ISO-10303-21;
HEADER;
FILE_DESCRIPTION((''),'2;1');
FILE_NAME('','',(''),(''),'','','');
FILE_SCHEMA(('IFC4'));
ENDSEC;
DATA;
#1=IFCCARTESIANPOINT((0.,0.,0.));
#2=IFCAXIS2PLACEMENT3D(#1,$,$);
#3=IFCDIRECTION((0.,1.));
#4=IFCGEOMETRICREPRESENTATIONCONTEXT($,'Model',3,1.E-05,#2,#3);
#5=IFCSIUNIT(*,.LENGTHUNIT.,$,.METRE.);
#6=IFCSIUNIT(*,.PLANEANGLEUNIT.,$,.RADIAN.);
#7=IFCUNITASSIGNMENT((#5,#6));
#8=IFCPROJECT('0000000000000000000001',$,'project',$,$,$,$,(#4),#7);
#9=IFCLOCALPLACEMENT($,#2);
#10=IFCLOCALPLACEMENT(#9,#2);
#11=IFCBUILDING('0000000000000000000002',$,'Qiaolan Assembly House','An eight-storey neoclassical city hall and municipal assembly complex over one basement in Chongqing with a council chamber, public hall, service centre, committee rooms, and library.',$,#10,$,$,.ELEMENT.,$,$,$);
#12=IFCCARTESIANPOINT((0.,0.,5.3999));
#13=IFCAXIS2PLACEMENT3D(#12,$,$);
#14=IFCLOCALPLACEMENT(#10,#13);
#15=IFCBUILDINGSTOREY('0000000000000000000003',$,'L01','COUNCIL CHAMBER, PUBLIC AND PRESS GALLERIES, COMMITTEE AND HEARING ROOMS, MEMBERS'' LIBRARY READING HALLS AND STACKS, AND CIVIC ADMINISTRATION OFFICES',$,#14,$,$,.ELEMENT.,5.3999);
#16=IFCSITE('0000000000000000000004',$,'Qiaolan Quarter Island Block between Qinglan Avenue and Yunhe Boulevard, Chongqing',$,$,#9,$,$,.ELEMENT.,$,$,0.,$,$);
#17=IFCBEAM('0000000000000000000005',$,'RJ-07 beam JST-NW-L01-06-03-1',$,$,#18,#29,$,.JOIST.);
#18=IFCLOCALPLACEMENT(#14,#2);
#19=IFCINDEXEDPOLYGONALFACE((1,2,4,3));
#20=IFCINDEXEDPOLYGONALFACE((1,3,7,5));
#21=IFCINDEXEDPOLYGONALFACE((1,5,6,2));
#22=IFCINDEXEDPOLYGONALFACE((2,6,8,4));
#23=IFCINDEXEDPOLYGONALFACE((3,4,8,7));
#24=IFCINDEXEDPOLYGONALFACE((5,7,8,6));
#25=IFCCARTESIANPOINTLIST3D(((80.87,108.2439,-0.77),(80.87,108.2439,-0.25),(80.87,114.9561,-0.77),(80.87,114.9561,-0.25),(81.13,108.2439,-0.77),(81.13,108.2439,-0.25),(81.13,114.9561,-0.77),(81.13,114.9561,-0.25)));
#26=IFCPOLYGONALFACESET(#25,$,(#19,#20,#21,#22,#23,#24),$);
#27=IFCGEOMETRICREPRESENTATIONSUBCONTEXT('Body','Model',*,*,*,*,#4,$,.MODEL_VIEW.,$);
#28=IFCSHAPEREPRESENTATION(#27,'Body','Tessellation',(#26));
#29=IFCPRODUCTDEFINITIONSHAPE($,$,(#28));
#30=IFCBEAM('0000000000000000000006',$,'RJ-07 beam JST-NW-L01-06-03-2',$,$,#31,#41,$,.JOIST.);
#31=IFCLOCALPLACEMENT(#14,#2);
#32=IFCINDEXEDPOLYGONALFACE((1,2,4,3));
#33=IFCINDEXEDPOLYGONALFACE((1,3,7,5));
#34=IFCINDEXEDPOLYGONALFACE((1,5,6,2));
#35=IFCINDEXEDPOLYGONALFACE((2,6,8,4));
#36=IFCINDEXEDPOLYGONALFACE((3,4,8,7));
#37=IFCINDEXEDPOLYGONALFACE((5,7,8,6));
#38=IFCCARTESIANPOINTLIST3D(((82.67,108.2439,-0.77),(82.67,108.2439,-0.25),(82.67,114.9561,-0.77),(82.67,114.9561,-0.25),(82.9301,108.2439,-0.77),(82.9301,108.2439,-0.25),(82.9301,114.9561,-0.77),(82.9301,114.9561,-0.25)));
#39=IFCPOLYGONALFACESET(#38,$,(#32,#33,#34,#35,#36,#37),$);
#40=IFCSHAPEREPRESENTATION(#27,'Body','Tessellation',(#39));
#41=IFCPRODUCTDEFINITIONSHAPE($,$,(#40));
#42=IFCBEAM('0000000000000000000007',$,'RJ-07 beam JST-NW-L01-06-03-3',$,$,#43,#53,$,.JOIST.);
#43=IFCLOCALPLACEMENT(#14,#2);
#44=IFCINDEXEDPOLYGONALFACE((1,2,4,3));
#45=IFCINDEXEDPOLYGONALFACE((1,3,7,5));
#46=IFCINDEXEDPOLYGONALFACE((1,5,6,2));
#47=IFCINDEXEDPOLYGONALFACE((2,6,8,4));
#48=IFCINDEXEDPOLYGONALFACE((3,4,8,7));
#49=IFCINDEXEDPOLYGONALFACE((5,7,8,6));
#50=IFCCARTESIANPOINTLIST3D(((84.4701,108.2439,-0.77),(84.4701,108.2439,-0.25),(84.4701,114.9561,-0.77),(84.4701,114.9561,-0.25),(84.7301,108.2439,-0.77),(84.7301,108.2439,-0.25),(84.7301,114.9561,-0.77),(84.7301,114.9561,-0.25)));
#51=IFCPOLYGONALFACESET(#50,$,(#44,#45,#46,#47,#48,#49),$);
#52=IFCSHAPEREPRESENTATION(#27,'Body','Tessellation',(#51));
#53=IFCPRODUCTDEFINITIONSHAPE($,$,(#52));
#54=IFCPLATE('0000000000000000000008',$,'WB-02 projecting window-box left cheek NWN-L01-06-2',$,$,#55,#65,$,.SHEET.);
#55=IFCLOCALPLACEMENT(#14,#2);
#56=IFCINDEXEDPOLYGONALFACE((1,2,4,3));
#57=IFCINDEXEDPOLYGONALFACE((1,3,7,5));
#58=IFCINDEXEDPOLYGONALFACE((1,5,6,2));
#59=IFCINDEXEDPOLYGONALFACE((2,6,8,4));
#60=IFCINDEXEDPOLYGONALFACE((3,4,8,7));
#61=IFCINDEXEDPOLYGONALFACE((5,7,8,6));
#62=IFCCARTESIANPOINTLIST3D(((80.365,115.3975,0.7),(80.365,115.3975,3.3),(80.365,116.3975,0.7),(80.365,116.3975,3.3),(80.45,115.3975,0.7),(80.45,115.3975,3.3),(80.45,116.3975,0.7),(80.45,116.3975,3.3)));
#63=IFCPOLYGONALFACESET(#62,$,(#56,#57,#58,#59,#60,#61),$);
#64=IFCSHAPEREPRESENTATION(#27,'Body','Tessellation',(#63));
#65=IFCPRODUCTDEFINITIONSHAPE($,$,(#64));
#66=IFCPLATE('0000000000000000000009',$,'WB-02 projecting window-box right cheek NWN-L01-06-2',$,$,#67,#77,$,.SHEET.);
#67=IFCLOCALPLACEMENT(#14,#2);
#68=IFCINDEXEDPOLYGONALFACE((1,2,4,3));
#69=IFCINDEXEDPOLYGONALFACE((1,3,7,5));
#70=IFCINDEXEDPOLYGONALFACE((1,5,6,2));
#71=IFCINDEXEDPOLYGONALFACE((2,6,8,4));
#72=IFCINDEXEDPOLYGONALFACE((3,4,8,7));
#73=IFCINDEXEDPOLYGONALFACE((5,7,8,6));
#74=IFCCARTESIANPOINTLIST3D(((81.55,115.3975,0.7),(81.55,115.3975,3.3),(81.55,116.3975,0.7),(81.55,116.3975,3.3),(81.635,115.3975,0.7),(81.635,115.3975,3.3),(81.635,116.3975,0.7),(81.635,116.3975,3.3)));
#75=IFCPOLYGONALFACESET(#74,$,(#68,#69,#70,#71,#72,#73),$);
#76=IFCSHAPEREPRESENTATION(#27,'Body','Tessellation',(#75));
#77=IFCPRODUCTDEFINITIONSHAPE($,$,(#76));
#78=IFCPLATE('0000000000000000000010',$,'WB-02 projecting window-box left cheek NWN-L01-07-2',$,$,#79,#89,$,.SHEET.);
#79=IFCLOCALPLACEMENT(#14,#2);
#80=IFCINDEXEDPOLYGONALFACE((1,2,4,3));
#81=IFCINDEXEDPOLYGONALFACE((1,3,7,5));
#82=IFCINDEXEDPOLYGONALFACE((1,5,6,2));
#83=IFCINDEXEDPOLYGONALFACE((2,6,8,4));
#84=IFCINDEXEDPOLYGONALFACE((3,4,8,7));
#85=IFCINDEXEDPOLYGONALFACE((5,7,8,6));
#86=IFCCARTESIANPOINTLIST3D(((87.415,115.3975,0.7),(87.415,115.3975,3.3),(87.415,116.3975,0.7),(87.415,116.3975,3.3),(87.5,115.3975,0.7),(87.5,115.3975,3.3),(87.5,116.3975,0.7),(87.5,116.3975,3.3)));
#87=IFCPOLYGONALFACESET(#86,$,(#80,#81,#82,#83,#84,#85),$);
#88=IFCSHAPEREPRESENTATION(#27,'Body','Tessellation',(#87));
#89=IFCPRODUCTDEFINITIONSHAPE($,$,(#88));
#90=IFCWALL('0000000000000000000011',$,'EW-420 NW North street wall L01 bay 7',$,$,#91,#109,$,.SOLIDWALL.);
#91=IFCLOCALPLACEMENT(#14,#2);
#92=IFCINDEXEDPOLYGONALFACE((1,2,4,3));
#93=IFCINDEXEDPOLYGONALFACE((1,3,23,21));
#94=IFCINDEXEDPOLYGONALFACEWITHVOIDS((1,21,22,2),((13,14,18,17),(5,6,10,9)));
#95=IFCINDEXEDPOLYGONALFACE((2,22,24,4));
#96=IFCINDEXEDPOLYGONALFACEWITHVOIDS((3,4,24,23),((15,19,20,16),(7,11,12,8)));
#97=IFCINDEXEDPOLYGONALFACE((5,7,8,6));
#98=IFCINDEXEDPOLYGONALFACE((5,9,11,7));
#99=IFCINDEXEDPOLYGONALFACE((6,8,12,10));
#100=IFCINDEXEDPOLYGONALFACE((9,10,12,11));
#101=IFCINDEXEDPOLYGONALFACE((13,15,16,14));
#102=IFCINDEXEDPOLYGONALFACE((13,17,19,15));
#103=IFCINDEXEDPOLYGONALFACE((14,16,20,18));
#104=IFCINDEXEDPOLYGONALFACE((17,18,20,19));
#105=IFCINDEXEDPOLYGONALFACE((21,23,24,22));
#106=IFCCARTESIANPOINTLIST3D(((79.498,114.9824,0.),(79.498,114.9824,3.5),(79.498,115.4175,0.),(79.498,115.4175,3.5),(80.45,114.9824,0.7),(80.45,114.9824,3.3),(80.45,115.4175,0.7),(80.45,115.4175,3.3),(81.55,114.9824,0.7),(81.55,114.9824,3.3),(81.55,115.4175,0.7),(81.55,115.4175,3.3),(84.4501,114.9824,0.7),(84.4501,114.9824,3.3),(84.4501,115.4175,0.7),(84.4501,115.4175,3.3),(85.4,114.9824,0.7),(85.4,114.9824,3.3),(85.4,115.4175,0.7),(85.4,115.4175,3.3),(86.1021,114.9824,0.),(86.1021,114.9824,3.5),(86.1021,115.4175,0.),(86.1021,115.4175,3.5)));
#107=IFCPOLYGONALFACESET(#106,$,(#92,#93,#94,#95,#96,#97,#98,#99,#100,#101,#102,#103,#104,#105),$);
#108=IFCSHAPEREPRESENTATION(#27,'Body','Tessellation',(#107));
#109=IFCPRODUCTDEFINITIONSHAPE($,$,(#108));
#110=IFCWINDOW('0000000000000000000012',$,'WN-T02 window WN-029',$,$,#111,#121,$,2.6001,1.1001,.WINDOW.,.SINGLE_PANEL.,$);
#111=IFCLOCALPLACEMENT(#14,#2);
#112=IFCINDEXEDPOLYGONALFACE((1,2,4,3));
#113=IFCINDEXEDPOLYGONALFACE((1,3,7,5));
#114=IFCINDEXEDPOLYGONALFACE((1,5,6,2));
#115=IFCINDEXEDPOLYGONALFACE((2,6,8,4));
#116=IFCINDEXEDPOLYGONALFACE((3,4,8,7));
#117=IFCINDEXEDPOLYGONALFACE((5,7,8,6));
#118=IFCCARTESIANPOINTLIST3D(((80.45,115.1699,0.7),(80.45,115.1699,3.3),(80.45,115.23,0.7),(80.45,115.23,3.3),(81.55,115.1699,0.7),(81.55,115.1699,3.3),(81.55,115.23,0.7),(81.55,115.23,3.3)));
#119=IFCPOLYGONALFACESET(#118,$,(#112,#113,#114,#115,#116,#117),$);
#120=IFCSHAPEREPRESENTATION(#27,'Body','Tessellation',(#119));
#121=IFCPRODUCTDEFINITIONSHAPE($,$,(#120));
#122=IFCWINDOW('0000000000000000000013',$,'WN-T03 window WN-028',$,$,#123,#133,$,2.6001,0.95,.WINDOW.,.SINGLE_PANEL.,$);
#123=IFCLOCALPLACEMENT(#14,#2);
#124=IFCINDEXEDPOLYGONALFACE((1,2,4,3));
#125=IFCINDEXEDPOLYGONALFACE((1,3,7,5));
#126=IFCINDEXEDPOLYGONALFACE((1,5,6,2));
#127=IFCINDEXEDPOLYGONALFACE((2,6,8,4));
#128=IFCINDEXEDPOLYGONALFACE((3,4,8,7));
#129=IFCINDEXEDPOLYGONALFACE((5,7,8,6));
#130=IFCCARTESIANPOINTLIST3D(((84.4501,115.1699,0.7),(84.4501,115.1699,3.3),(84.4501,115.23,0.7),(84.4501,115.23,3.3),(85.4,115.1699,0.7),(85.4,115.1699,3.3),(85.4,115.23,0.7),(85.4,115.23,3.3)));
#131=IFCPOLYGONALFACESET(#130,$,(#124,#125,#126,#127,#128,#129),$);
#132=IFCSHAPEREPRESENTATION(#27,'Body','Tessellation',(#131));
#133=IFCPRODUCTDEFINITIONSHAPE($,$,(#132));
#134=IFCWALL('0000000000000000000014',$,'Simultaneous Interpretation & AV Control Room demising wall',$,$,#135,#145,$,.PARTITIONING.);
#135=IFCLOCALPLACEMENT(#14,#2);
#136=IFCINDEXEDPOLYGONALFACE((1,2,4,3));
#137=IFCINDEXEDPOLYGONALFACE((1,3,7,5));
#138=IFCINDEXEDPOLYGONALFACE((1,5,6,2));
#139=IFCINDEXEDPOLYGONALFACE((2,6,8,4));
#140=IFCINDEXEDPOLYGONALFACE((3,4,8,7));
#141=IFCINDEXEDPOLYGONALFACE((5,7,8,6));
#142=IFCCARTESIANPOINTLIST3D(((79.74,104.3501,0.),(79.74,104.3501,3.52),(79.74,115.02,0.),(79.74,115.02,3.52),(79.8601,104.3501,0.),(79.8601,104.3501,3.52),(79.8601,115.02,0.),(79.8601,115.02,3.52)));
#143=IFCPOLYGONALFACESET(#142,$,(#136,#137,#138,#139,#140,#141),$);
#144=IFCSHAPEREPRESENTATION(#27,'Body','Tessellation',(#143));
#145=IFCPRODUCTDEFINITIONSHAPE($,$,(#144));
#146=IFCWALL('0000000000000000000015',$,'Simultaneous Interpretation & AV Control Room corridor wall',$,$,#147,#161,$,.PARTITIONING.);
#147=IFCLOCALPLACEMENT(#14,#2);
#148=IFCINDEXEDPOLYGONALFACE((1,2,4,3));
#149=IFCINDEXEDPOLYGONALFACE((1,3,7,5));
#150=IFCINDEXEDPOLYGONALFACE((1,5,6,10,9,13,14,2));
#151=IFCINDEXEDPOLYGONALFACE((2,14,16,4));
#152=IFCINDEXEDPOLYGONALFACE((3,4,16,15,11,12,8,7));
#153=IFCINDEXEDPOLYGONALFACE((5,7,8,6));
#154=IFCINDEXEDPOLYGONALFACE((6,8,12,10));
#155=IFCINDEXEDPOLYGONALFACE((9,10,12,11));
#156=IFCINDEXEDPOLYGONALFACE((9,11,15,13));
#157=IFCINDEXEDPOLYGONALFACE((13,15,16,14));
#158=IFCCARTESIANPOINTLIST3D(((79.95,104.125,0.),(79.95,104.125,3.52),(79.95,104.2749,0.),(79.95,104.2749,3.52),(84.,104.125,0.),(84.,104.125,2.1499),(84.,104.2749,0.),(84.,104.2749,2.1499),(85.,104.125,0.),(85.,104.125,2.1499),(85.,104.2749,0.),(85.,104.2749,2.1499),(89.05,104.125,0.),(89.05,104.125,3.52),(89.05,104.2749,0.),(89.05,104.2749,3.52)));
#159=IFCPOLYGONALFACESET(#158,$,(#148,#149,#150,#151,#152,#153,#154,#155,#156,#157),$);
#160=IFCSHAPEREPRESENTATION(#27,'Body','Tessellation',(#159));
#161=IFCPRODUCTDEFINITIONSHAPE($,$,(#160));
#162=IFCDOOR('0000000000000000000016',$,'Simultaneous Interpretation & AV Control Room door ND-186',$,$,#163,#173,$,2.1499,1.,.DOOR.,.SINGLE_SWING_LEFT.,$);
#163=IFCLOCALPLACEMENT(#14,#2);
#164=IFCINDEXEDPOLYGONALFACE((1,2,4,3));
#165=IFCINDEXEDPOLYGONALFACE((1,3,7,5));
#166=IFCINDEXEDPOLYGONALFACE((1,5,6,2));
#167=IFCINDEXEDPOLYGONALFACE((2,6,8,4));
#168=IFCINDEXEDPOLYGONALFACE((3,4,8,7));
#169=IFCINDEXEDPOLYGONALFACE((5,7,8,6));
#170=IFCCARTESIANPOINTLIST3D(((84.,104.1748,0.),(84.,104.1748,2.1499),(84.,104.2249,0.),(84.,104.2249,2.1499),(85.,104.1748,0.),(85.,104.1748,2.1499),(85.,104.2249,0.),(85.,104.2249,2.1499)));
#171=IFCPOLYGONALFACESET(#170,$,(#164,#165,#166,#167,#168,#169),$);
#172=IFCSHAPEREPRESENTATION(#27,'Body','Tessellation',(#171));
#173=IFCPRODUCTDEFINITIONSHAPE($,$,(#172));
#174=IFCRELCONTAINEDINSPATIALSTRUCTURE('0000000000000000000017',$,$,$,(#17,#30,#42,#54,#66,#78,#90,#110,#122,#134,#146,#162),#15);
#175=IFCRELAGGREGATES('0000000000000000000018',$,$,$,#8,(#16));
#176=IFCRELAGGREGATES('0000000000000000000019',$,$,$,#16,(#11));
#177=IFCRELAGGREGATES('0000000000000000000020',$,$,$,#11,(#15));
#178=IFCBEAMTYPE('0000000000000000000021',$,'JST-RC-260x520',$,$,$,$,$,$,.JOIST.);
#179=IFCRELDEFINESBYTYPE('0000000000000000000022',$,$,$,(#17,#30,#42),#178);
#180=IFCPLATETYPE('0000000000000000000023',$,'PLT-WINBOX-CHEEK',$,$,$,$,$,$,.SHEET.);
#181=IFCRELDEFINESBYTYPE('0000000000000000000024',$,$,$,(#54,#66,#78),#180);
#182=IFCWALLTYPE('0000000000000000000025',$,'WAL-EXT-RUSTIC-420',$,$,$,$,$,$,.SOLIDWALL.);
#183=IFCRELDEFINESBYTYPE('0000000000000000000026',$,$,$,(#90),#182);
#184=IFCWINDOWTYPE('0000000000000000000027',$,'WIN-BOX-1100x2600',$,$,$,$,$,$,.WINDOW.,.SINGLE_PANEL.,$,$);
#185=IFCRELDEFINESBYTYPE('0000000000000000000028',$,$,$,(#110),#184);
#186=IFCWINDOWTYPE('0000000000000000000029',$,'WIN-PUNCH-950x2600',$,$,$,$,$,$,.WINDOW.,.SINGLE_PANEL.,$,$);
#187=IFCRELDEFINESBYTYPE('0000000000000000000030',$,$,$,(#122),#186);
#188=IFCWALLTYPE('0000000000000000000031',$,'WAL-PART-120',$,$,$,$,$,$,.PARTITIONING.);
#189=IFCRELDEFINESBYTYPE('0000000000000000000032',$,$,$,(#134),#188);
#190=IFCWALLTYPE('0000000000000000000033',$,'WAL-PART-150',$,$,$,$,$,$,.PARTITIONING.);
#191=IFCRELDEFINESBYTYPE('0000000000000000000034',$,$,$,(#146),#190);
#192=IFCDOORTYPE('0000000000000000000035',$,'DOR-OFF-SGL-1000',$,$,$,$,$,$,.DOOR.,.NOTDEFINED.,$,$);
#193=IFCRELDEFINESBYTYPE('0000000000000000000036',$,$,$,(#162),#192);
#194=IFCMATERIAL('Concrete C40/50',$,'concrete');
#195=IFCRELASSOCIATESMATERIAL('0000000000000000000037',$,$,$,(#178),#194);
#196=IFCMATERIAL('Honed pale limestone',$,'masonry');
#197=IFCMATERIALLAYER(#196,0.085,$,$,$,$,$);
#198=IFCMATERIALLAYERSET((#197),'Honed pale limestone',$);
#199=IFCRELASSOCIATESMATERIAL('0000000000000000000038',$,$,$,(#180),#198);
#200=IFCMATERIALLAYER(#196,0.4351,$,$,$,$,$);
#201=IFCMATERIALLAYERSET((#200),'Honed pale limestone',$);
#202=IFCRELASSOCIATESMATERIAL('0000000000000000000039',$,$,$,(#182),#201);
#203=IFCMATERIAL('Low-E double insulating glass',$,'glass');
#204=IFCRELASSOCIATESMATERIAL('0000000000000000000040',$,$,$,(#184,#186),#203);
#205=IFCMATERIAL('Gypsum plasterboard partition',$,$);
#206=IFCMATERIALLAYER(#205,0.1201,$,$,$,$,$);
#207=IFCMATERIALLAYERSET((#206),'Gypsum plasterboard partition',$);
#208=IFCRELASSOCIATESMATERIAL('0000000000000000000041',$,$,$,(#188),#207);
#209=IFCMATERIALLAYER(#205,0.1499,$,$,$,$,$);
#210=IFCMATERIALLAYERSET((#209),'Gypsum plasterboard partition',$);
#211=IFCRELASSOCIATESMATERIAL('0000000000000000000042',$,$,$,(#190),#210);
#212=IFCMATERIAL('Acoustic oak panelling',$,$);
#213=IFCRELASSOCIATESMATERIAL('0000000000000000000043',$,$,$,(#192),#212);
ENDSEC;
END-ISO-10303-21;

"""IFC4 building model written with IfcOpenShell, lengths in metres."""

from ifc_helpers import new_model, si_unit, direction, frame, frame_2d, origin, origin_2d, place, context, subcontext, project, spatial, rectangle, extrude, material, layer, layer_set, material_profile, profile_set, type_object, element, fill, save


model = new_model("IFC4")

# Units and contexts
model_context = context("Model", 3, precision=1e-05, world=origin(), true_north=direction((0.0, 1.0)))
body_context = subcontext(model_context, "Body", "Model", "MODEL_VIEW")
ifc_project = project(units=[si_unit("LENGTHUNIT", "METRE"), si_unit("PLANEANGLEUNIT", "RADIAN")], contexts=[model_context])

# Site, building, storey
site_placement = place(None, origin())
site = spatial("IfcSite", under=ifc_project, at=site_placement, Name="Qiaolan Quarter Island Block between Qinglan Avenue and Yunhe Boulevard, Chongqing", CompositionType="ELEMENT", RefElevation=0.0)
building_placement = place(site_placement, origin())
building = spatial("IfcBuilding", under=site, at=building_placement, Name="Qiaolan Assembly House", Description="An eight-storey neoclassical city hall and municipal assembly complex over one basement in Chongqing with a council chamber, public hall, service centre, committee rooms, and library.", CompositionType="ELEMENT")
storey_placement = place(building_placement, frame((0.0, 0.0, 5.3999)))
storey = spatial("IfcBuildingStorey", under=building, at=storey_placement, Name="L01", Description="COUNCIL CHAMBER, PUBLIC AND PRESS GALLERIES, COMMITTEE AND HEARING ROOMS, MEMBERS' LIBRARY READING HALLS AND STACKS, AND CIVIC ADMINISTRATION OFFICES", CompositionType="ELEMENT", Elevation=5.3999)

# Beams
ifc_material_1 = material(Name="Concrete C40/50", Category="concrete")
ifc_material_profile_1 = material_profile(ifc_material_1, rectangle(XDim=0.26, YDim=0.52, at=origin_2d()), Name="RCB 260x520")
ifc_profile_set_1 = profile_set([ifc_material_profile_1], Name="Concrete C40/50")
beam_type_1 = type_object("IfcBeamType", Name="JST-RC-260x520", PredefinedType="JOIST", material=ifc_profile_set_1)
for number, where, z_axis, x_axis, name in (
    (1, (81.0, 108.2439, -0.51), (0.0, 1.0, 0.0), (-1.0, 0.0, 0.0), "RJ-07 beam JST-NW-L01-06-03-1"),
    (2, (82.8, 108.2439, -0.51), (0.0, 1.0, 0.0), (-1.0, 0.0, 0.0), "RJ-07 beam JST-NW-L01-06-03-2"),
    (3, (84.6001, 108.2439, -0.51), (0.0, 1.0, 0.0), (-1.0, 0.0, 0.0), "RJ-07 beam JST-NW-L01-06-03-3"),
):
    element("IfcBeam", number, at=place(storey_placement, frame(where, z_axis=z_axis, x_axis=x_axis)), inside=storey, type_object=beam_type_1, Name=name, PredefinedType="JOIST", context=body_context, shape_type="SweptSolid", body=[
        extrude(rectangle(XDim=0.26, YDim=0.52, at=origin_2d()), origin(), (0.0, 0.0, 1.0), 6.7122),
    ])

# Plates
ifc_material_2 = material(Name="Honed pale limestone", Category="masonry")
ifc_layer_1 = layer(ifc_material_2, 0.085)
ifc_layer_set_1 = layer_set([ifc_layer_1], Name="Honed pale limestone")
plate_type = type_object("IfcPlateType", Name="PLT-WINBOX-CHEEK", PredefinedType="SHEET", material=ifc_layer_set_1)
for number, where, z_axis, x_axis, name in (
    (4, (80.4075, 115.8975, 0.7), (0.0, 0.0, 1.0), (1.0, 0.0, 0.0), "WB-02 projecting window-box left cheek NWN-L01-06-2"),
    (5, (81.5925, 115.8975, 0.7), (0.0, 0.0, 1.0), (1.0, 0.0, 0.0), "WB-02 projecting window-box right cheek NWN-L01-06-2"),
    (6, (87.4575, 115.8975, 0.7), (0.0, 0.0, 1.0), (1.0, 0.0, 0.0), "WB-02 projecting window-box left cheek NWN-L01-07-2"),
):
    element("IfcPlate", number, at=place(storey_placement, frame(where, z_axis=z_axis, x_axis=x_axis)), inside=storey, type_object=plate_type, Name=name, PredefinedType="SHEET", context=body_context, shape_type="SweptSolid", body=[
        extrude(rectangle(XDim=0.085, YDim=1.0, at=origin_2d()), origin(), (0.0, 0.0, 1.0), 2.6001),
    ])

# Wall, openings, windows
ifc_layer_2 = layer(ifc_material_2, 0.4351)
ifc_layer_set_2 = layer_set([ifc_layer_2], Name="Honed pale limestone")
wall_type_1 = type_object("IfcWallType", Name="WAL-EXT-RUSTIC-420", PredefinedType="SOLIDWALL", material=ifc_layer_set_2)
wall_1_placement = place(storey_placement, frame((86.1021, 115.2, 0.0), z_axis=(0.0, 0.0, 1.0), x_axis=(-1.0, 0.0, 0.0)))
wall_1 = element("IfcWall", 7, at=wall_1_placement, inside=storey, type_object=wall_type_1, Name="EW-420 NW North street wall L01 bay 7", PredefinedType="SOLIDWALL", context=body_context, shape_type="SweptSolid", body=[
    extrude(rectangle(XDim=6.604, YDim=0.4351, at=frame_2d((3.302, 0.0))), origin(), (0.0, 0.0, 1.0), 3.5),
])
opening_1_placement = place(wall_1_placement, frame((0.7019, 0.0, 0.7)))
opening_1 = element("IfcOpeningElement", 8, at=opening_1_placement, cuts=wall_1, PredefinedType="OPENING", context=body_context, shape_type="SweptSolid", body=[
    extrude(rectangle(XDim=0.95, YDim=2.6001, at=frame_2d((0.4751, 1.3))), frame((0.0, 0.2275, 0.0), z_axis=(0.0, -1.0, 0.0), x_axis=(1.0, 0.0, 0.0)), (0.0, 0.0, 1.0), 0.4551),
])
opening_2_placement = place(wall_1_placement, frame((4.552, 0.0, 0.7)))
opening_2 = element("IfcOpeningElement", 9, at=opening_2_placement, cuts=wall_1, PredefinedType="OPENING", context=body_context, shape_type="SweptSolid", body=[
    extrude(rectangle(XDim=1.1001, YDim=2.6001, at=frame_2d((0.55, 1.3))), frame((0.0, 0.2275, 0.0), z_axis=(0.0, -1.0, 0.0), x_axis=(1.0, 0.0, 0.0)), (0.0, 0.0, 1.0), 0.4551),
])
ifc_material_3 = material(Name="Low-E double insulating glass", Category="glass")
window_type_1 = type_object("IfcWindowType", Name="WIN-BOX-1100x2600", PartitioningType="SINGLE_PANEL", PredefinedType="WINDOW", material=ifc_material_3)
window_1_placement = place(opening_2_placement, origin())
window_1 = element("IfcWindow", 10, at=window_1_placement, inside=storey, type_object=window_type_1, Name="WN-T02 window WN-029", OverallHeight=2.6001, OverallWidth=1.1001, PartitioningType="SINGLE_PANEL", PredefinedType="WINDOW", context=body_context, shape_type="SweptSolid", body=[
    extrude(rectangle(XDim=1.1001, YDim=2.6001, at=frame_2d((0.55, 1.3))), frame((0.0, 0.03, 0.0), z_axis=(0.0, -1.0, 0.0), x_axis=(1.0, 0.0, 0.0)), (0.0, 0.0, 1.0), 0.0601),
])
fill(opening_2, window_1)
window_type_2 = type_object("IfcWindowType", Name="WIN-PUNCH-950x2600", PartitioningType="SINGLE_PANEL", PredefinedType="WINDOW", material=ifc_material_3)
window_2_placement = place(opening_1_placement, origin())
window_2 = element("IfcWindow", 11, at=window_2_placement, inside=storey, type_object=window_type_2, Name="WN-T03 window WN-028", OverallHeight=2.6001, OverallWidth=0.95, PartitioningType="SINGLE_PANEL", PredefinedType="WINDOW", context=body_context, shape_type="SweptSolid", body=[
    extrude(rectangle(XDim=0.95, YDim=2.6001, at=frame_2d((0.4751, 1.3))), frame((0.0, 0.03, 0.0), z_axis=(0.0, -1.0, 0.0), x_axis=(1.0, 0.0, 0.0)), (0.0, 0.0, 1.0), 0.0601),
])
fill(opening_1, window_2)

# Wall
ifc_material_4 = material(Name="Gypsum plasterboard partition")
ifc_layer_3 = layer(ifc_material_4, 0.1201)
ifc_layer_set_3 = layer_set([ifc_layer_3], Name="Gypsum plasterboard partition")
wall_type_2 = type_object("IfcWallType", Name="WAL-PART-120", PredefinedType="PARTITIONING", material=ifc_layer_set_3)
wall_2_placement = place(storey_placement, frame((79.8, 104.3501, 0.0), z_axis=(0.0, 0.0, 1.0), x_axis=(0.0, 1.0, 0.0)))
element("IfcWall", 12, at=wall_2_placement, inside=storey, type_object=wall_type_2, Name="Simultaneous Interpretation & AV Control Room demising wall", PredefinedType="PARTITIONING", context=body_context, shape_type="SweptSolid", body=[
    extrude(rectangle(XDim=10.6699, YDim=0.1201, at=frame_2d((5.335, 0.0))), origin(), (0.0, 0.0, 1.0), 3.52),
])

# Wall, opening, door
ifc_layer_4 = layer(ifc_material_4, 0.1499)
ifc_layer_set_4 = layer_set([ifc_layer_4], Name="Gypsum plasterboard partition")
wall_type_3 = type_object("IfcWallType", Name="WAL-PART-150", PredefinedType="PARTITIONING", material=ifc_layer_set_4)
wall_3_placement = place(storey_placement, frame((79.95, 104.2, 0.0), z_axis=(0.0, 0.0, 1.0), x_axis=(1.0, 0.0, 0.0)))
wall_3 = element("IfcWall", 13, at=wall_3_placement, inside=storey, type_object=wall_type_3, Name="Simultaneous Interpretation & AV Control Room corridor wall", PredefinedType="PARTITIONING", context=body_context, shape_type="SweptSolid", body=[
    extrude(rectangle(XDim=9.1001, YDim=0.1499, at=frame_2d((4.55, 0.0))), origin(), (0.0, 0.0, 1.0), 3.52),
])
opening_3_placement = place(wall_3_placement, frame((4.05, 0.0, 0.0)))
opening_3 = element("IfcOpeningElement", 14, at=opening_3_placement, cuts=wall_3, PredefinedType="OPENING", context=body_context, shape_type="SweptSolid", body=[
    extrude(rectangle(XDim=1.0, YDim=2.1499, at=frame_2d((0.5, 1.075))), frame((0.0, 0.085, 0.0), z_axis=(0.0, -1.0, 0.0), x_axis=(1.0, 0.0, 0.0)), (0.0, 0.0, 1.0), 0.1699),
])
ifc_material_5 = material(Name="Acoustic oak panelling")
door_type = type_object("IfcDoorType", Name="DOR-OFF-SGL-1000", OperationType="NOTDEFINED", PredefinedType="DOOR", material=ifc_material_5)
door_placement = place(opening_3_placement, origin())
door = element("IfcDoor", 15, at=door_placement, inside=storey, type_object=door_type, Name="Simultaneous Interpretation & AV Control Room door ND-186", OperationType="SINGLE_SWING_LEFT", OverallHeight=2.1499, OverallWidth=1.0, PredefinedType="DOOR", context=body_context, shape_type="SweptSolid", body=[
    extrude(rectangle(XDim=1.0, YDim=2.1499, at=frame_2d((0.5, 1.075))), frame((0.0, 0.0249, 0.0), z_axis=(0.0, -1.0, 0.0), x_axis=(1.0, 0.0, 0.0)), (0.0, 0.0, 1.0), 0.05),
])
fill(opening_3, door)

save(model, "model.ifc")
